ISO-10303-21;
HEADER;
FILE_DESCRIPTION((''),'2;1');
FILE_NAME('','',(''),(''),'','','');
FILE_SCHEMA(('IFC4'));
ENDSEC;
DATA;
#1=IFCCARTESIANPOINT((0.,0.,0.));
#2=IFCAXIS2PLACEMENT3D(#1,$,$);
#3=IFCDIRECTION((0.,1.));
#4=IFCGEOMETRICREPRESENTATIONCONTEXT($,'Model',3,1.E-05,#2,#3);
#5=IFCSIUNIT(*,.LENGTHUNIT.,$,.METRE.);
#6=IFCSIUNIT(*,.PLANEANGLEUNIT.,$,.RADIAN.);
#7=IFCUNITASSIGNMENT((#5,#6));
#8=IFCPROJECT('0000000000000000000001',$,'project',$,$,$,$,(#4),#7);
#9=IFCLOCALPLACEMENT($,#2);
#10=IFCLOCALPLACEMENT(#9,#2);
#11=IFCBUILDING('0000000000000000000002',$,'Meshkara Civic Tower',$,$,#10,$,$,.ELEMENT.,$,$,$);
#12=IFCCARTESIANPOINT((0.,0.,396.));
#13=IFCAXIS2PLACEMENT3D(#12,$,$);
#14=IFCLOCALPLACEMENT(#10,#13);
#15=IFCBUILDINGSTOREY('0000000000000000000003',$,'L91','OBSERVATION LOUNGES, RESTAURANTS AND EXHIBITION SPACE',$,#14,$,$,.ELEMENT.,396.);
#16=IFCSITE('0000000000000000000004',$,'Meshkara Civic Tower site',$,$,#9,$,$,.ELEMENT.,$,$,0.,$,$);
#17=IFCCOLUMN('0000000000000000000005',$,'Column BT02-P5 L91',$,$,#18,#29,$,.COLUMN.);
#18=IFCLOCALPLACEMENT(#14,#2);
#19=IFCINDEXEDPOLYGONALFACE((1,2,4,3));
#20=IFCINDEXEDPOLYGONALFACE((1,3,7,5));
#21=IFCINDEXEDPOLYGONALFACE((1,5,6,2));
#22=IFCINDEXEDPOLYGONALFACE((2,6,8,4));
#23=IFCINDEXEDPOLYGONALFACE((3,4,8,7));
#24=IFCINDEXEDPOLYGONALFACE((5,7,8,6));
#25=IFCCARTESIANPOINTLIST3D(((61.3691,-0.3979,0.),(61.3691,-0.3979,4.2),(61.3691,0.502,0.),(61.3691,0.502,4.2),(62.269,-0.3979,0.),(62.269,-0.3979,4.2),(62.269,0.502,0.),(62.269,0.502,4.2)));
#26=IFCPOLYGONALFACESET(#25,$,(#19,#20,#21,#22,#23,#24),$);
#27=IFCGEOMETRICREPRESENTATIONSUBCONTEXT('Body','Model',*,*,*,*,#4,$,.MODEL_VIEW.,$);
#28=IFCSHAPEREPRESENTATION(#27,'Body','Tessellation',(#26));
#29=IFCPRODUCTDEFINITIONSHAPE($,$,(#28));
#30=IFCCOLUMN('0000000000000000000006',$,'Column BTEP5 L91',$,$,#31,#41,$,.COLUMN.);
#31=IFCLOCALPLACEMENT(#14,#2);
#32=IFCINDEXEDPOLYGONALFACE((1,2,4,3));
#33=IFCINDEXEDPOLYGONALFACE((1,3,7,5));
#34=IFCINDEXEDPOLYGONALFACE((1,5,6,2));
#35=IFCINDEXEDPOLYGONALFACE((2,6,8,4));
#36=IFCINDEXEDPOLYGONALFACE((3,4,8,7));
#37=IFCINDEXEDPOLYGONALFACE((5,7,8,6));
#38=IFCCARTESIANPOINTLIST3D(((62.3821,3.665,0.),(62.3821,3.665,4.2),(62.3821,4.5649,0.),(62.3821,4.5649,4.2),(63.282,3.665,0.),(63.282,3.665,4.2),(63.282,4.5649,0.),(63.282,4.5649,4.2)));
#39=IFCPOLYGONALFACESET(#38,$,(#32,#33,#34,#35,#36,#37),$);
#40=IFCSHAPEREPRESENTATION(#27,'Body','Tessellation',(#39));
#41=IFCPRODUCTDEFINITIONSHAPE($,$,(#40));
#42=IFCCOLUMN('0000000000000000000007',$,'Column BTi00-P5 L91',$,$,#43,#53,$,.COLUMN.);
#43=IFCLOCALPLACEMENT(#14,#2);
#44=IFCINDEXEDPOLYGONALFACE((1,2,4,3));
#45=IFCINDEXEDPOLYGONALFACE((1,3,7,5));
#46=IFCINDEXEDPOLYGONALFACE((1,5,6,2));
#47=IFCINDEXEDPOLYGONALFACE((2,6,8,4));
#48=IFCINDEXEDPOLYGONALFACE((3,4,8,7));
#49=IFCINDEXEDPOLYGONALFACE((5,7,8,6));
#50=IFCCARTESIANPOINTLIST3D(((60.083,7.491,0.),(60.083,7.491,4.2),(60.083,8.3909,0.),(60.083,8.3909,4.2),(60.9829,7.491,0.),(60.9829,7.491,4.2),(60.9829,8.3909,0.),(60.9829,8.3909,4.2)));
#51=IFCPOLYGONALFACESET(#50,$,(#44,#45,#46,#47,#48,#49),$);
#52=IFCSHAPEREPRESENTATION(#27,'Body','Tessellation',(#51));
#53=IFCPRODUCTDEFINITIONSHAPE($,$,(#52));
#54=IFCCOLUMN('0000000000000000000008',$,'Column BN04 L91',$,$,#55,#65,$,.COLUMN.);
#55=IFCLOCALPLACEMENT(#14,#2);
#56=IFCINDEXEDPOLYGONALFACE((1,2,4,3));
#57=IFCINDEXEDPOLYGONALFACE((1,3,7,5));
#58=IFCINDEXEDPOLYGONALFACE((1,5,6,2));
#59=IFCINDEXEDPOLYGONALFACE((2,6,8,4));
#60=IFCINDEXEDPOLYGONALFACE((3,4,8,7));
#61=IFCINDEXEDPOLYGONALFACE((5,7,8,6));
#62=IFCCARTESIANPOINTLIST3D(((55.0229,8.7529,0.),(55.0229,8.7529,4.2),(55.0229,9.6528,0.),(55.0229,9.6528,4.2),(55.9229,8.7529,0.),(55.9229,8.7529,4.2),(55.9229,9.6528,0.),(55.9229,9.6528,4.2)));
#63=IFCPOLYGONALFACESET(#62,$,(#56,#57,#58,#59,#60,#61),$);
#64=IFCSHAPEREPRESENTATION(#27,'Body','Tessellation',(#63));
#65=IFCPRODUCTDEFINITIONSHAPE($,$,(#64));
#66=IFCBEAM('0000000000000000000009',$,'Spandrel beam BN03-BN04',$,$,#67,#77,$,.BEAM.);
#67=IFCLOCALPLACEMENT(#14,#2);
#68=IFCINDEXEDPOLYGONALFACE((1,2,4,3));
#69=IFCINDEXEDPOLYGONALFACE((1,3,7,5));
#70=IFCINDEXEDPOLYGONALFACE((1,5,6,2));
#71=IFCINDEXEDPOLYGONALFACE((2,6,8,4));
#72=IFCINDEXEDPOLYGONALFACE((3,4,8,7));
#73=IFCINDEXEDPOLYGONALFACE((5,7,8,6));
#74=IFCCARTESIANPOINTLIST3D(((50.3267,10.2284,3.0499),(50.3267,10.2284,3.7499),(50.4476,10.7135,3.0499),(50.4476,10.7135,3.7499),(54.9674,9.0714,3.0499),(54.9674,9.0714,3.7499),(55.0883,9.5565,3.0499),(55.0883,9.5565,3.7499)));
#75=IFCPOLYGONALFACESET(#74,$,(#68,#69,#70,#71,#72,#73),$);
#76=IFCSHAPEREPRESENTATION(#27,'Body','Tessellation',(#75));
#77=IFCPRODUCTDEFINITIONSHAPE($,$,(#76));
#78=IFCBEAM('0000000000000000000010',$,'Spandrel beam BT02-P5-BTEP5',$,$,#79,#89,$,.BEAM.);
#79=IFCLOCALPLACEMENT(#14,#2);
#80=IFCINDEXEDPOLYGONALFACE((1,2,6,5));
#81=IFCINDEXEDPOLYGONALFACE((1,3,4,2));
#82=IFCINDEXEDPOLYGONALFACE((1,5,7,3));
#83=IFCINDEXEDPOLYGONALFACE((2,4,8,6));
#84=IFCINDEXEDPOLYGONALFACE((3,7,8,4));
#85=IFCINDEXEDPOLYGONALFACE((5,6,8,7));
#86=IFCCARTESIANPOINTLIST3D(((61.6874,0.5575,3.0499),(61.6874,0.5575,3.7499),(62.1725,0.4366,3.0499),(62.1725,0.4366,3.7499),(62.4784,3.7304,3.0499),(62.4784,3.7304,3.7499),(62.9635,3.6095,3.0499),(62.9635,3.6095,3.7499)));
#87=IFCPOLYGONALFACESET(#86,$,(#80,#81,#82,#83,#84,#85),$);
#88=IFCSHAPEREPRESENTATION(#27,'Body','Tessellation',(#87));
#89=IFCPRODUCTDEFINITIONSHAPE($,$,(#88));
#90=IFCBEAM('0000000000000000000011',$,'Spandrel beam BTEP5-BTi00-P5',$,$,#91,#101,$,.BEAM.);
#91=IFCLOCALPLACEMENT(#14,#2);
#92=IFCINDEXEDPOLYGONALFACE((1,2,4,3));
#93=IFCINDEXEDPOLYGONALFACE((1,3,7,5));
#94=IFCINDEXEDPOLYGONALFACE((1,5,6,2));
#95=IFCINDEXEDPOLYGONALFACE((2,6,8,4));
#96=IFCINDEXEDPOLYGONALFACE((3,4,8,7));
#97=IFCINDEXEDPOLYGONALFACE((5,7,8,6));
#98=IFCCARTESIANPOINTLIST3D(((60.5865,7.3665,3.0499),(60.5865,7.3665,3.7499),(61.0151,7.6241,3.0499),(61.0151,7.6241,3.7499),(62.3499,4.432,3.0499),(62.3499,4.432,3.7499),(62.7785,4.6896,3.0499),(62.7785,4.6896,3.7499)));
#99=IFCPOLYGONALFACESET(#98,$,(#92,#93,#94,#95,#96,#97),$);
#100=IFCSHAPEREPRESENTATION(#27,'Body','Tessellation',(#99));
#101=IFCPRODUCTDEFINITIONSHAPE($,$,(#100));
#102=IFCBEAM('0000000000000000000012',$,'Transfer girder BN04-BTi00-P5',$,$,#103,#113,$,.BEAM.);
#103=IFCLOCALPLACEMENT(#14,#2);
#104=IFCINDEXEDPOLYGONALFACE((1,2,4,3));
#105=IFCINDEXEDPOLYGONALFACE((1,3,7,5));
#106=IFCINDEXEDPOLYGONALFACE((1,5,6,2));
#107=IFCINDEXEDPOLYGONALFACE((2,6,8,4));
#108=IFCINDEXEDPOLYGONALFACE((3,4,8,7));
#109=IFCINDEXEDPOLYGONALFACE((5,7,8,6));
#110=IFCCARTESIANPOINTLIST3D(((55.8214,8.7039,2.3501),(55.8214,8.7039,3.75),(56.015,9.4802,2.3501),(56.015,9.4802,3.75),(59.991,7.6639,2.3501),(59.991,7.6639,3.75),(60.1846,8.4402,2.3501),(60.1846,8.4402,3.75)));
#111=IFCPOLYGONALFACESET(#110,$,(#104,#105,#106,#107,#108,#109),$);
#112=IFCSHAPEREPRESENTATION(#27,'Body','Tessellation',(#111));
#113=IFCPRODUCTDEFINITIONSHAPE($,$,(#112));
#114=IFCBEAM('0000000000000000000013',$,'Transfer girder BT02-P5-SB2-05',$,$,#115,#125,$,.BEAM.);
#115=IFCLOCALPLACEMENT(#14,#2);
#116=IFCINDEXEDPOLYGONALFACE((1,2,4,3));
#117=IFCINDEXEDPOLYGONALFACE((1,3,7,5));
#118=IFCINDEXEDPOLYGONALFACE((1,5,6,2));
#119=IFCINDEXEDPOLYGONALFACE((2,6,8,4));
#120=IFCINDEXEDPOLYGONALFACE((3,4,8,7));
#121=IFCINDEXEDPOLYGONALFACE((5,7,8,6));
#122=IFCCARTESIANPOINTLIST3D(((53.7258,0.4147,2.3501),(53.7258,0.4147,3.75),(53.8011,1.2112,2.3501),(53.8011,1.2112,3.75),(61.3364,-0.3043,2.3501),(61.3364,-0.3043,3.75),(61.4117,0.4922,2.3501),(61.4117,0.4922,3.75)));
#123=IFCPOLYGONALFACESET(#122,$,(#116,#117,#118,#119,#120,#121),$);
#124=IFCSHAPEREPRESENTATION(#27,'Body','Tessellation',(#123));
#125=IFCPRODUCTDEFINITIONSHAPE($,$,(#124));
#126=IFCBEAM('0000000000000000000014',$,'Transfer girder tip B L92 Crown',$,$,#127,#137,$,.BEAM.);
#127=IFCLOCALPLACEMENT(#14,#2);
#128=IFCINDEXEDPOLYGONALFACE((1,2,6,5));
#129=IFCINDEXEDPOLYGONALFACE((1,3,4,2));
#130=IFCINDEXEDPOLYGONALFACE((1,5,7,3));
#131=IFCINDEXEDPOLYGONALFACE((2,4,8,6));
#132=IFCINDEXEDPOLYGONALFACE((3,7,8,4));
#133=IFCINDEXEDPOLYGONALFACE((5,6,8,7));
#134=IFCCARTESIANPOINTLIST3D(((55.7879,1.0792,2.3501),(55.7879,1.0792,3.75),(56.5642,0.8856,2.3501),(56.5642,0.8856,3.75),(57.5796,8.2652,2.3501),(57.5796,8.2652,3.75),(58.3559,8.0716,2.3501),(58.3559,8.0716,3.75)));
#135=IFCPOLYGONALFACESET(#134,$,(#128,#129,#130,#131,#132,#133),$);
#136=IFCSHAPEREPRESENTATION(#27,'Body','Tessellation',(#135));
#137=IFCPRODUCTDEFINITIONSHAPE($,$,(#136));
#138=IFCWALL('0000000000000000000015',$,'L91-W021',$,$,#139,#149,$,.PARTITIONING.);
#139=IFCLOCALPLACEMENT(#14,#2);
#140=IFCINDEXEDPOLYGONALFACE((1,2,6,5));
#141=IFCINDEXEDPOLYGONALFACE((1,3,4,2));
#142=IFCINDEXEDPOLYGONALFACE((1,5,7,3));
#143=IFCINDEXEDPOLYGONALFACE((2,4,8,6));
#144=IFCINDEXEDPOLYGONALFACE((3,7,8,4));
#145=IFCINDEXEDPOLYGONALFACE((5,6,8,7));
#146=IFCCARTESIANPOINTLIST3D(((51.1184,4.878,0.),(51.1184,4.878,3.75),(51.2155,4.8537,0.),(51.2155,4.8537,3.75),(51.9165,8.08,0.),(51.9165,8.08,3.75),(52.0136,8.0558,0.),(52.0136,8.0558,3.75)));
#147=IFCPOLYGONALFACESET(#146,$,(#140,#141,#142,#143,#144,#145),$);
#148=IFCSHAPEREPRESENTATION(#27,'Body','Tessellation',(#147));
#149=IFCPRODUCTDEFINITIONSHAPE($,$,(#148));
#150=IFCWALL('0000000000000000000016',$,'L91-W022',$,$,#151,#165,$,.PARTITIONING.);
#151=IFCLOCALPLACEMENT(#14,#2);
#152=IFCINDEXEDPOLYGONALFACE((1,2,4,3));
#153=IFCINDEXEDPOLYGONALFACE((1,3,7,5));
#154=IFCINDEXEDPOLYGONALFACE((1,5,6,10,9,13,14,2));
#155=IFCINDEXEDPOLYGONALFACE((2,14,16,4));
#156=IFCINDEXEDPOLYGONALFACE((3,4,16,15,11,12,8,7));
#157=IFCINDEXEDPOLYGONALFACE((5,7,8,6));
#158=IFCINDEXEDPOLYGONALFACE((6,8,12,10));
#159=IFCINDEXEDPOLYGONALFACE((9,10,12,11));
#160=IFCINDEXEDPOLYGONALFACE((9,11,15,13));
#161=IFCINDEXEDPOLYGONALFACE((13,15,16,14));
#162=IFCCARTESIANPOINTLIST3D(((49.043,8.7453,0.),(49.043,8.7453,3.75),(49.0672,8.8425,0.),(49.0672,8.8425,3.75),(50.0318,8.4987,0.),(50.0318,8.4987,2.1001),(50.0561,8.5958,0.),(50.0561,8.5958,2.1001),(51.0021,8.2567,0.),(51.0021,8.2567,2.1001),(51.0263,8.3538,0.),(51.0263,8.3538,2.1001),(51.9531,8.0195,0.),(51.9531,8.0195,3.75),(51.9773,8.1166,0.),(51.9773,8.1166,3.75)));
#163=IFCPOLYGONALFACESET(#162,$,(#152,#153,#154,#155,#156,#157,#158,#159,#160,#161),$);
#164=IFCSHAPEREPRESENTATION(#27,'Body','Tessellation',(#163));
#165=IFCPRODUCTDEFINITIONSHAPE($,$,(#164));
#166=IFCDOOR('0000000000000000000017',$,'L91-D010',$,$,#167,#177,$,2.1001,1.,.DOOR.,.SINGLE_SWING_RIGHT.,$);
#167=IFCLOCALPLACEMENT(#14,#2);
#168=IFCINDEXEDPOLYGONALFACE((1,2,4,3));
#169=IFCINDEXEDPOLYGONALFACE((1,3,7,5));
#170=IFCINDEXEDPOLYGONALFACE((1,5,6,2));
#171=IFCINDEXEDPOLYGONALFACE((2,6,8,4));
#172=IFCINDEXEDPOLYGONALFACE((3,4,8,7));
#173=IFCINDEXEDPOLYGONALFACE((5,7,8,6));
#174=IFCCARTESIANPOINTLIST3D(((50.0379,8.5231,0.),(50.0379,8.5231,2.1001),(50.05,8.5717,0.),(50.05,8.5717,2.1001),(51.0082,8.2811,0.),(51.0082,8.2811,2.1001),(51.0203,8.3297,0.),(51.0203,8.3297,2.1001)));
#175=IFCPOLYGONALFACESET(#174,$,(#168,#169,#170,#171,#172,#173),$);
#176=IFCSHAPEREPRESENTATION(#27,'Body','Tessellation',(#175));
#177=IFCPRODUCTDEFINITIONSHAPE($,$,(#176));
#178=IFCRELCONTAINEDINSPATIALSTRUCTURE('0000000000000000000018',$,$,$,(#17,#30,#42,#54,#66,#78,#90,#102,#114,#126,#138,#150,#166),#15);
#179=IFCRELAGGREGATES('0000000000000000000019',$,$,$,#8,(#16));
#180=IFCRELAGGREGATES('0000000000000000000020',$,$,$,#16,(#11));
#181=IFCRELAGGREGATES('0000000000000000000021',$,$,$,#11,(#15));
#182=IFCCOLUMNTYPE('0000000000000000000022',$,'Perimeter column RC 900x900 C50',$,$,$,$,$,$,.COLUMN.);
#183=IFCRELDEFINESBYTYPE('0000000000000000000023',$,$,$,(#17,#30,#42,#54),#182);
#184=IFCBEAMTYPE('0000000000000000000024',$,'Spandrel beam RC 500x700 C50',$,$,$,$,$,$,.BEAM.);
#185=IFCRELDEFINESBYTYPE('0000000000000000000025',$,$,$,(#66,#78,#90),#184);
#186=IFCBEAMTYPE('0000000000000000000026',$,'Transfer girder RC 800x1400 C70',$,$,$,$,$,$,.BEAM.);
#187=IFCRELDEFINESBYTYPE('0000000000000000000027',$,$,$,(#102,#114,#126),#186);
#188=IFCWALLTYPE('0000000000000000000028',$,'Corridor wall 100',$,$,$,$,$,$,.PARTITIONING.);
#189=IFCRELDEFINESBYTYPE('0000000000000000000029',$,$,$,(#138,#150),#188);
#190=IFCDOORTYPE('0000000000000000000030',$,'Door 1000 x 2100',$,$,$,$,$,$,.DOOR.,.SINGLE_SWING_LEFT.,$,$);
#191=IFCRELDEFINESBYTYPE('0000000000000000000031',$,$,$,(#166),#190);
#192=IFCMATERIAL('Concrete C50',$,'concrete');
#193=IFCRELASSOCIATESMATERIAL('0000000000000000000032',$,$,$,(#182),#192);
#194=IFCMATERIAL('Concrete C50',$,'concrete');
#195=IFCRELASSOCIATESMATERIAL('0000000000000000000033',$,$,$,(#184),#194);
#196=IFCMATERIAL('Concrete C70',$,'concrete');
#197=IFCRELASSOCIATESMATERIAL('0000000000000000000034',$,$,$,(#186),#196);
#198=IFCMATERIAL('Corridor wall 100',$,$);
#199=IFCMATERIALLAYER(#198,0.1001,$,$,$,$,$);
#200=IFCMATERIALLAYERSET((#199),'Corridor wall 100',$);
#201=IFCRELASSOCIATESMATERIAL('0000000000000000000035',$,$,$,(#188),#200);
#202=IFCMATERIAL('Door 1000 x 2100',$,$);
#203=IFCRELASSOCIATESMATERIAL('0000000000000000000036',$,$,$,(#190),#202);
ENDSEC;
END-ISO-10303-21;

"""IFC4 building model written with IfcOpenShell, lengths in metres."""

from ifc_helpers import new_model, si_unit, direction, frame, frame_2d, origin, origin_2d, place, context, subcontext, project, spatial, rectangle, extrude, material, layer, layer_set, material_profile, profile_set, type_object, element, fill, save


model = new_model("IFC4")

# Units and contexts
model_context = context("Model", 3, precision=1e-05, world=origin(), true_north=direction((0.0, 1.0)))
body_context = subcontext(model_context, "Body", "Model", "MODEL_VIEW")
ifc_project = project(units=[si_unit("LENGTHUNIT", "METRE"), si_unit("PLANEANGLEUNIT", "RADIAN")], contexts=[model_context])

# Site, building, storey
site_placement = place(None, origin())
site = spatial("IfcSite", under=ifc_project, at=site_placement, Name="Meshkara Civic Tower site", CompositionType="ELEMENT", RefElevation=0.0)
building_placement = place(site_placement, origin())
building = spatial("IfcBuilding", under=site, at=building_placement, Name="Meshkara Civic Tower", CompositionType="ELEMENT")
storey_placement = place(building_placement, frame((0.0, 0.0, 396.0)))
storey = spatial("IfcBuildingStorey", under=building, at=storey_placement, Name="L91", Description="OBSERVATION LOUNGES, RESTAURANTS AND EXHIBITION SPACE", CompositionType="ELEMENT", Elevation=396.0)

# Columns
ifc_material_1 = material(Name="Concrete C50", Category="concrete")
ifc_material_profile_1 = material_profile(ifc_material_1, rectangle(XDim=0.8999, YDim=0.8999, at=origin_2d()))
ifc_profile_set_1 = profile_set([ifc_material_profile_1], Name="Concrete C50")
column_type = type_object("IfcColumnType", Name="Perimeter column RC 900x900 C50", PredefinedType="COLUMN", material=ifc_profile_set_1)
for number, where, z_axis, x_axis, name in (
    (1, (61.8191, 0.052, 0.0), (0.0, 0.0, 1.0), (1.0, 0.0, 0.0), "Column BT02-P5 L91"),
    (2, (62.832, 4.115, 0.0), (0.0, 0.0, 1.0), (1.0, 0.0, 0.0), "Column BTEP5 L91"),
    (3, (60.533, 7.9409, 0.0), (0.0, 0.0, 1.0), (1.0, 0.0, 0.0), "Column BTi00-P5 L91"),
    (4, (55.4729, 9.2029, 0.0), (0.0, 0.0, 1.0), (1.0, 0.0, 0.0), "Column BN04 L91"),
):
    element("IfcColumn", number, at=place(storey_placement, frame(where, z_axis=z_axis, x_axis=x_axis)), inside=storey, type_object=column_type, Name=name, PredefinedType="COLUMN", context=body_context, shape_type="SweptSolid", body=[
        extrude(rectangle(XDim=0.8999, YDim=0.8999, at=origin_2d()), origin(), (0.0, 0.0, 1.0), 4.2),
    ])

# Beams
ifc_material_2 = material(Name="Concrete C50", Category="concrete")
ifc_material_profile_2 = material_profile(ifc_material_2, rectangle(XDim=0.5, YDim=0.7, at=origin_2d()))
ifc_profile_set_2 = profile_set([ifc_material_profile_2], Name="Concrete C50")
beam_type_1 = type_object("IfcBeamType", Name="Spandrel beam RC 500x700 C50", PredefinedType="BEAM", material=ifc_profile_set_2)
beam_1_placement = place(storey_placement, frame((55.0278, 9.314, 3.3999), z_axis=(-0.970298, 0.241911, 0.0), x_axis=(-0.241911, -0.970298, 0.0)))
element("IfcBeam", 5, at=beam_1_placement, inside=storey, type_object=beam_type_1, Name="Spandrel beam BN03-BN04", PredefinedType="BEAM", context=body_context, shape_type="SweptSolid", body=[
    extrude(rectangle(XDim=0.5, YDim=0.7, at=origin_2d()), origin(), (0.0, 0.0, 1.0), 4.7827),
])
beam_2_placement = place(storey_placement, frame((61.9299, 0.4971, 3.3999), z_axis=(0.241903, 0.9703, 0.0), x_axis=(-0.9703, 0.241903, 0.0)))
element("IfcBeam", 6, at=beam_2_placement, inside=storey, type_object=beam_type_1, Name="Spandrel beam BT02-P5-BTEP5", PredefinedType="BEAM", context=body_context, shape_type="SweptSolid", body=[
    extrude(rectangle(XDim=0.5, YDim=0.7, at=origin_2d()), origin(), (0.0, 0.0, 1.0), 3.27),
])
beam_3_placement = place(storey_placement, frame((62.5642, 4.5608, 3.3999), z_axis=(-0.515072, 0.857147, 0.0), x_axis=(-0.857147, -0.515072, 0.0)))
element("IfcBeam", 7, at=beam_3_placement, inside=storey, type_object=beam_type_1, Name="Spandrel beam BTEP5-BTi00-P5", PredefinedType="BEAM", context=body_context, shape_type="SweptSolid", body=[
    extrude(rectangle(XDim=0.5, YDim=0.7, at=origin_2d()), origin(), (0.0, 0.0, 1.0), 3.4236),
])
ifc_material_3 = material(Name="Concrete C70", Category="concrete")
ifc_material_profile_3 = material_profile(ifc_material_3, rectangle(XDim=0.8, YDim=1.3999, at=origin_2d()))
ifc_profile_set_3 = profile_set([ifc_material_profile_3], Name="Concrete C70")
beam_type_2 = type_object("IfcBeamType", Name="Transfer girder RC 800x1400 C70", PredefinedType="BEAM", material=ifc_profile_set_3)
beam_4_placement = place(storey_placement, frame((55.9182, 9.092, 3.05), z_axis=(0.970273, -0.242014, 0.0), x_axis=(0.242014, 0.970273, 0.0)))
element("IfcBeam", 8, at=beam_4_placement, inside=storey, type_object=beam_type_2, Name="Transfer girder BN04-BTi00-P5", PredefinedType="BEAM", context=body_context, shape_type="SweptSolid", body=[
    extrude(rectangle(XDim=0.8, YDim=1.3999, at=origin_2d()), origin(), (0.0, 0.0, 1.0), 4.2974),
])
beam_5_placement = place(storey_placement, frame((53.7634, 0.813, 3.05), z_axis=(0.995567, -0.094054, 0.0), x_axis=(0.094054, 0.995567, 0.0)))
element("IfcBeam", 9, at=beam_5_placement, inside=storey, type_object=beam_type_2, Name="Transfer girder BT02-P5-SB2-05", PredefinedType="BEAM", context=body_context, shape_type="SweptSolid", body=[
    extrude(rectangle(XDim=0.8, YDim=1.3999, at=origin_2d()), origin(), (0.0, 0.0, 1.0), 7.6445),
])
beam_6_placement = place(storey_placement, frame((56.176, 0.9824, 3.05), z_axis=(0.241931, 0.970294, 0.0), x_axis=(-0.970294, 0.241931, 0.0)))
element("IfcBeam", 10, at=beam_6_placement, inside=storey, type_object=beam_type_2, Name="Transfer girder tip B L92 Crown", PredefinedType="BEAM", context=body_context, shape_type="SweptSolid", body=[
    extrude(rectangle(XDim=0.8, YDim=1.3999, at=origin_2d()), origin(), (0.0, 0.0, 1.0), 7.406),
])

# Wall
ifc_material_4 = material(Name="Corridor wall 100")
ifc_layer_1 = layer(ifc_material_4, 0.1001)
ifc_layer_set_1 = layer_set([ifc_layer_1], Name="Corridor wall 100")
wall_type_1 = type_object("IfcWallType", Name="Corridor wall 100", PredefinedType="PARTITIONING", material=ifc_layer_set_1)
wall_1_placement = place(storey_placement, frame((51.167, 4.866, 0.0), z_axis=(0.0, 0.0, 1.0), x_axis=(0.241839, 0.970316, 0.0)))
element("IfcWall", 11, at=wall_1_placement, inside=storey, type_object=wall_type_1, Name="L91-W021", PredefinedType="PARTITIONING", context=body_context, shape_type="SweptSolid", body=[
    extrude(rectangle(XDim=3.3, YDim=0.1001, at=frame_2d((1.6499, 0.0))), origin(), (0.0, 0.0, 1.0), 3.75),
])

# Wall, opening, door
wall_2_placement = place(storey_placement, frame((51.9651, 8.0681, 0.0), z_axis=(0.0, 0.0, 1.0), x_axis=(-0.970276, 0.241999, 0.0)))
wall_2 = element("IfcWall", 12, at=wall_2_placement, inside=storey, type_object=wall_type_1, Name="L91-W022", PredefinedType="PARTITIONING", context=body_context, shape_type="SweptSolid", body=[
    extrude(rectangle(XDim=2.9993, YDim=0.1001, at=frame_2d((1.4995, 0.0))), origin(), (0.0, 0.0, 1.0), 3.75),
])
opening_1_placement = place(wall_2_placement, frame((0.98, 0.0, 0.0)))
opening_1 = element("IfcOpeningElement", 13, at=opening_1_placement, cuts=wall_2, PredefinedType="OPENING", context=body_context, shape_type="SweptSolid", body=[
    extrude(rectangle(XDim=1.0, YDim=2.1001, at=frame_2d((0.5, 1.05))), frame((0.0, 0.0601, 0.0), z_axis=(0.0, -1.0, 0.0), x_axis=(1.0, 0.0, 0.0)), (0.0, 0.0, 1.0), 0.1201),
])
ifc_material_5 = material(Name="Door 1000 x 2100")
door_type = type_object("IfcDoorType", Name="Door 1000 x 2100", OperationType="SINGLE_SWING_LEFT", PredefinedType="DOOR", material=ifc_material_5)
door_placement = place(opening_1_placement, origin())
door = element("IfcDoor", 14, at=door_placement, inside=storey, type_object=door_type, Name="L91-D010", OperationType="SINGLE_SWING_RIGHT", OverallHeight=2.1001, OverallWidth=1.0, PredefinedType="DOOR", context=body_context, shape_type="SweptSolid", body=[
    extrude(rectangle(XDim=1.0, YDim=2.1001, at=frame_2d((0.5, 1.05))), frame((0.0, 0.0249, 0.0), z_axis=(0.0, -1.0, 0.0), x_axis=(1.0, 0.0, 0.0)), (0.0, 0.0, 1.0), 0.05),
])
fill(opening_1, door)

save(model, "model.ifc")
